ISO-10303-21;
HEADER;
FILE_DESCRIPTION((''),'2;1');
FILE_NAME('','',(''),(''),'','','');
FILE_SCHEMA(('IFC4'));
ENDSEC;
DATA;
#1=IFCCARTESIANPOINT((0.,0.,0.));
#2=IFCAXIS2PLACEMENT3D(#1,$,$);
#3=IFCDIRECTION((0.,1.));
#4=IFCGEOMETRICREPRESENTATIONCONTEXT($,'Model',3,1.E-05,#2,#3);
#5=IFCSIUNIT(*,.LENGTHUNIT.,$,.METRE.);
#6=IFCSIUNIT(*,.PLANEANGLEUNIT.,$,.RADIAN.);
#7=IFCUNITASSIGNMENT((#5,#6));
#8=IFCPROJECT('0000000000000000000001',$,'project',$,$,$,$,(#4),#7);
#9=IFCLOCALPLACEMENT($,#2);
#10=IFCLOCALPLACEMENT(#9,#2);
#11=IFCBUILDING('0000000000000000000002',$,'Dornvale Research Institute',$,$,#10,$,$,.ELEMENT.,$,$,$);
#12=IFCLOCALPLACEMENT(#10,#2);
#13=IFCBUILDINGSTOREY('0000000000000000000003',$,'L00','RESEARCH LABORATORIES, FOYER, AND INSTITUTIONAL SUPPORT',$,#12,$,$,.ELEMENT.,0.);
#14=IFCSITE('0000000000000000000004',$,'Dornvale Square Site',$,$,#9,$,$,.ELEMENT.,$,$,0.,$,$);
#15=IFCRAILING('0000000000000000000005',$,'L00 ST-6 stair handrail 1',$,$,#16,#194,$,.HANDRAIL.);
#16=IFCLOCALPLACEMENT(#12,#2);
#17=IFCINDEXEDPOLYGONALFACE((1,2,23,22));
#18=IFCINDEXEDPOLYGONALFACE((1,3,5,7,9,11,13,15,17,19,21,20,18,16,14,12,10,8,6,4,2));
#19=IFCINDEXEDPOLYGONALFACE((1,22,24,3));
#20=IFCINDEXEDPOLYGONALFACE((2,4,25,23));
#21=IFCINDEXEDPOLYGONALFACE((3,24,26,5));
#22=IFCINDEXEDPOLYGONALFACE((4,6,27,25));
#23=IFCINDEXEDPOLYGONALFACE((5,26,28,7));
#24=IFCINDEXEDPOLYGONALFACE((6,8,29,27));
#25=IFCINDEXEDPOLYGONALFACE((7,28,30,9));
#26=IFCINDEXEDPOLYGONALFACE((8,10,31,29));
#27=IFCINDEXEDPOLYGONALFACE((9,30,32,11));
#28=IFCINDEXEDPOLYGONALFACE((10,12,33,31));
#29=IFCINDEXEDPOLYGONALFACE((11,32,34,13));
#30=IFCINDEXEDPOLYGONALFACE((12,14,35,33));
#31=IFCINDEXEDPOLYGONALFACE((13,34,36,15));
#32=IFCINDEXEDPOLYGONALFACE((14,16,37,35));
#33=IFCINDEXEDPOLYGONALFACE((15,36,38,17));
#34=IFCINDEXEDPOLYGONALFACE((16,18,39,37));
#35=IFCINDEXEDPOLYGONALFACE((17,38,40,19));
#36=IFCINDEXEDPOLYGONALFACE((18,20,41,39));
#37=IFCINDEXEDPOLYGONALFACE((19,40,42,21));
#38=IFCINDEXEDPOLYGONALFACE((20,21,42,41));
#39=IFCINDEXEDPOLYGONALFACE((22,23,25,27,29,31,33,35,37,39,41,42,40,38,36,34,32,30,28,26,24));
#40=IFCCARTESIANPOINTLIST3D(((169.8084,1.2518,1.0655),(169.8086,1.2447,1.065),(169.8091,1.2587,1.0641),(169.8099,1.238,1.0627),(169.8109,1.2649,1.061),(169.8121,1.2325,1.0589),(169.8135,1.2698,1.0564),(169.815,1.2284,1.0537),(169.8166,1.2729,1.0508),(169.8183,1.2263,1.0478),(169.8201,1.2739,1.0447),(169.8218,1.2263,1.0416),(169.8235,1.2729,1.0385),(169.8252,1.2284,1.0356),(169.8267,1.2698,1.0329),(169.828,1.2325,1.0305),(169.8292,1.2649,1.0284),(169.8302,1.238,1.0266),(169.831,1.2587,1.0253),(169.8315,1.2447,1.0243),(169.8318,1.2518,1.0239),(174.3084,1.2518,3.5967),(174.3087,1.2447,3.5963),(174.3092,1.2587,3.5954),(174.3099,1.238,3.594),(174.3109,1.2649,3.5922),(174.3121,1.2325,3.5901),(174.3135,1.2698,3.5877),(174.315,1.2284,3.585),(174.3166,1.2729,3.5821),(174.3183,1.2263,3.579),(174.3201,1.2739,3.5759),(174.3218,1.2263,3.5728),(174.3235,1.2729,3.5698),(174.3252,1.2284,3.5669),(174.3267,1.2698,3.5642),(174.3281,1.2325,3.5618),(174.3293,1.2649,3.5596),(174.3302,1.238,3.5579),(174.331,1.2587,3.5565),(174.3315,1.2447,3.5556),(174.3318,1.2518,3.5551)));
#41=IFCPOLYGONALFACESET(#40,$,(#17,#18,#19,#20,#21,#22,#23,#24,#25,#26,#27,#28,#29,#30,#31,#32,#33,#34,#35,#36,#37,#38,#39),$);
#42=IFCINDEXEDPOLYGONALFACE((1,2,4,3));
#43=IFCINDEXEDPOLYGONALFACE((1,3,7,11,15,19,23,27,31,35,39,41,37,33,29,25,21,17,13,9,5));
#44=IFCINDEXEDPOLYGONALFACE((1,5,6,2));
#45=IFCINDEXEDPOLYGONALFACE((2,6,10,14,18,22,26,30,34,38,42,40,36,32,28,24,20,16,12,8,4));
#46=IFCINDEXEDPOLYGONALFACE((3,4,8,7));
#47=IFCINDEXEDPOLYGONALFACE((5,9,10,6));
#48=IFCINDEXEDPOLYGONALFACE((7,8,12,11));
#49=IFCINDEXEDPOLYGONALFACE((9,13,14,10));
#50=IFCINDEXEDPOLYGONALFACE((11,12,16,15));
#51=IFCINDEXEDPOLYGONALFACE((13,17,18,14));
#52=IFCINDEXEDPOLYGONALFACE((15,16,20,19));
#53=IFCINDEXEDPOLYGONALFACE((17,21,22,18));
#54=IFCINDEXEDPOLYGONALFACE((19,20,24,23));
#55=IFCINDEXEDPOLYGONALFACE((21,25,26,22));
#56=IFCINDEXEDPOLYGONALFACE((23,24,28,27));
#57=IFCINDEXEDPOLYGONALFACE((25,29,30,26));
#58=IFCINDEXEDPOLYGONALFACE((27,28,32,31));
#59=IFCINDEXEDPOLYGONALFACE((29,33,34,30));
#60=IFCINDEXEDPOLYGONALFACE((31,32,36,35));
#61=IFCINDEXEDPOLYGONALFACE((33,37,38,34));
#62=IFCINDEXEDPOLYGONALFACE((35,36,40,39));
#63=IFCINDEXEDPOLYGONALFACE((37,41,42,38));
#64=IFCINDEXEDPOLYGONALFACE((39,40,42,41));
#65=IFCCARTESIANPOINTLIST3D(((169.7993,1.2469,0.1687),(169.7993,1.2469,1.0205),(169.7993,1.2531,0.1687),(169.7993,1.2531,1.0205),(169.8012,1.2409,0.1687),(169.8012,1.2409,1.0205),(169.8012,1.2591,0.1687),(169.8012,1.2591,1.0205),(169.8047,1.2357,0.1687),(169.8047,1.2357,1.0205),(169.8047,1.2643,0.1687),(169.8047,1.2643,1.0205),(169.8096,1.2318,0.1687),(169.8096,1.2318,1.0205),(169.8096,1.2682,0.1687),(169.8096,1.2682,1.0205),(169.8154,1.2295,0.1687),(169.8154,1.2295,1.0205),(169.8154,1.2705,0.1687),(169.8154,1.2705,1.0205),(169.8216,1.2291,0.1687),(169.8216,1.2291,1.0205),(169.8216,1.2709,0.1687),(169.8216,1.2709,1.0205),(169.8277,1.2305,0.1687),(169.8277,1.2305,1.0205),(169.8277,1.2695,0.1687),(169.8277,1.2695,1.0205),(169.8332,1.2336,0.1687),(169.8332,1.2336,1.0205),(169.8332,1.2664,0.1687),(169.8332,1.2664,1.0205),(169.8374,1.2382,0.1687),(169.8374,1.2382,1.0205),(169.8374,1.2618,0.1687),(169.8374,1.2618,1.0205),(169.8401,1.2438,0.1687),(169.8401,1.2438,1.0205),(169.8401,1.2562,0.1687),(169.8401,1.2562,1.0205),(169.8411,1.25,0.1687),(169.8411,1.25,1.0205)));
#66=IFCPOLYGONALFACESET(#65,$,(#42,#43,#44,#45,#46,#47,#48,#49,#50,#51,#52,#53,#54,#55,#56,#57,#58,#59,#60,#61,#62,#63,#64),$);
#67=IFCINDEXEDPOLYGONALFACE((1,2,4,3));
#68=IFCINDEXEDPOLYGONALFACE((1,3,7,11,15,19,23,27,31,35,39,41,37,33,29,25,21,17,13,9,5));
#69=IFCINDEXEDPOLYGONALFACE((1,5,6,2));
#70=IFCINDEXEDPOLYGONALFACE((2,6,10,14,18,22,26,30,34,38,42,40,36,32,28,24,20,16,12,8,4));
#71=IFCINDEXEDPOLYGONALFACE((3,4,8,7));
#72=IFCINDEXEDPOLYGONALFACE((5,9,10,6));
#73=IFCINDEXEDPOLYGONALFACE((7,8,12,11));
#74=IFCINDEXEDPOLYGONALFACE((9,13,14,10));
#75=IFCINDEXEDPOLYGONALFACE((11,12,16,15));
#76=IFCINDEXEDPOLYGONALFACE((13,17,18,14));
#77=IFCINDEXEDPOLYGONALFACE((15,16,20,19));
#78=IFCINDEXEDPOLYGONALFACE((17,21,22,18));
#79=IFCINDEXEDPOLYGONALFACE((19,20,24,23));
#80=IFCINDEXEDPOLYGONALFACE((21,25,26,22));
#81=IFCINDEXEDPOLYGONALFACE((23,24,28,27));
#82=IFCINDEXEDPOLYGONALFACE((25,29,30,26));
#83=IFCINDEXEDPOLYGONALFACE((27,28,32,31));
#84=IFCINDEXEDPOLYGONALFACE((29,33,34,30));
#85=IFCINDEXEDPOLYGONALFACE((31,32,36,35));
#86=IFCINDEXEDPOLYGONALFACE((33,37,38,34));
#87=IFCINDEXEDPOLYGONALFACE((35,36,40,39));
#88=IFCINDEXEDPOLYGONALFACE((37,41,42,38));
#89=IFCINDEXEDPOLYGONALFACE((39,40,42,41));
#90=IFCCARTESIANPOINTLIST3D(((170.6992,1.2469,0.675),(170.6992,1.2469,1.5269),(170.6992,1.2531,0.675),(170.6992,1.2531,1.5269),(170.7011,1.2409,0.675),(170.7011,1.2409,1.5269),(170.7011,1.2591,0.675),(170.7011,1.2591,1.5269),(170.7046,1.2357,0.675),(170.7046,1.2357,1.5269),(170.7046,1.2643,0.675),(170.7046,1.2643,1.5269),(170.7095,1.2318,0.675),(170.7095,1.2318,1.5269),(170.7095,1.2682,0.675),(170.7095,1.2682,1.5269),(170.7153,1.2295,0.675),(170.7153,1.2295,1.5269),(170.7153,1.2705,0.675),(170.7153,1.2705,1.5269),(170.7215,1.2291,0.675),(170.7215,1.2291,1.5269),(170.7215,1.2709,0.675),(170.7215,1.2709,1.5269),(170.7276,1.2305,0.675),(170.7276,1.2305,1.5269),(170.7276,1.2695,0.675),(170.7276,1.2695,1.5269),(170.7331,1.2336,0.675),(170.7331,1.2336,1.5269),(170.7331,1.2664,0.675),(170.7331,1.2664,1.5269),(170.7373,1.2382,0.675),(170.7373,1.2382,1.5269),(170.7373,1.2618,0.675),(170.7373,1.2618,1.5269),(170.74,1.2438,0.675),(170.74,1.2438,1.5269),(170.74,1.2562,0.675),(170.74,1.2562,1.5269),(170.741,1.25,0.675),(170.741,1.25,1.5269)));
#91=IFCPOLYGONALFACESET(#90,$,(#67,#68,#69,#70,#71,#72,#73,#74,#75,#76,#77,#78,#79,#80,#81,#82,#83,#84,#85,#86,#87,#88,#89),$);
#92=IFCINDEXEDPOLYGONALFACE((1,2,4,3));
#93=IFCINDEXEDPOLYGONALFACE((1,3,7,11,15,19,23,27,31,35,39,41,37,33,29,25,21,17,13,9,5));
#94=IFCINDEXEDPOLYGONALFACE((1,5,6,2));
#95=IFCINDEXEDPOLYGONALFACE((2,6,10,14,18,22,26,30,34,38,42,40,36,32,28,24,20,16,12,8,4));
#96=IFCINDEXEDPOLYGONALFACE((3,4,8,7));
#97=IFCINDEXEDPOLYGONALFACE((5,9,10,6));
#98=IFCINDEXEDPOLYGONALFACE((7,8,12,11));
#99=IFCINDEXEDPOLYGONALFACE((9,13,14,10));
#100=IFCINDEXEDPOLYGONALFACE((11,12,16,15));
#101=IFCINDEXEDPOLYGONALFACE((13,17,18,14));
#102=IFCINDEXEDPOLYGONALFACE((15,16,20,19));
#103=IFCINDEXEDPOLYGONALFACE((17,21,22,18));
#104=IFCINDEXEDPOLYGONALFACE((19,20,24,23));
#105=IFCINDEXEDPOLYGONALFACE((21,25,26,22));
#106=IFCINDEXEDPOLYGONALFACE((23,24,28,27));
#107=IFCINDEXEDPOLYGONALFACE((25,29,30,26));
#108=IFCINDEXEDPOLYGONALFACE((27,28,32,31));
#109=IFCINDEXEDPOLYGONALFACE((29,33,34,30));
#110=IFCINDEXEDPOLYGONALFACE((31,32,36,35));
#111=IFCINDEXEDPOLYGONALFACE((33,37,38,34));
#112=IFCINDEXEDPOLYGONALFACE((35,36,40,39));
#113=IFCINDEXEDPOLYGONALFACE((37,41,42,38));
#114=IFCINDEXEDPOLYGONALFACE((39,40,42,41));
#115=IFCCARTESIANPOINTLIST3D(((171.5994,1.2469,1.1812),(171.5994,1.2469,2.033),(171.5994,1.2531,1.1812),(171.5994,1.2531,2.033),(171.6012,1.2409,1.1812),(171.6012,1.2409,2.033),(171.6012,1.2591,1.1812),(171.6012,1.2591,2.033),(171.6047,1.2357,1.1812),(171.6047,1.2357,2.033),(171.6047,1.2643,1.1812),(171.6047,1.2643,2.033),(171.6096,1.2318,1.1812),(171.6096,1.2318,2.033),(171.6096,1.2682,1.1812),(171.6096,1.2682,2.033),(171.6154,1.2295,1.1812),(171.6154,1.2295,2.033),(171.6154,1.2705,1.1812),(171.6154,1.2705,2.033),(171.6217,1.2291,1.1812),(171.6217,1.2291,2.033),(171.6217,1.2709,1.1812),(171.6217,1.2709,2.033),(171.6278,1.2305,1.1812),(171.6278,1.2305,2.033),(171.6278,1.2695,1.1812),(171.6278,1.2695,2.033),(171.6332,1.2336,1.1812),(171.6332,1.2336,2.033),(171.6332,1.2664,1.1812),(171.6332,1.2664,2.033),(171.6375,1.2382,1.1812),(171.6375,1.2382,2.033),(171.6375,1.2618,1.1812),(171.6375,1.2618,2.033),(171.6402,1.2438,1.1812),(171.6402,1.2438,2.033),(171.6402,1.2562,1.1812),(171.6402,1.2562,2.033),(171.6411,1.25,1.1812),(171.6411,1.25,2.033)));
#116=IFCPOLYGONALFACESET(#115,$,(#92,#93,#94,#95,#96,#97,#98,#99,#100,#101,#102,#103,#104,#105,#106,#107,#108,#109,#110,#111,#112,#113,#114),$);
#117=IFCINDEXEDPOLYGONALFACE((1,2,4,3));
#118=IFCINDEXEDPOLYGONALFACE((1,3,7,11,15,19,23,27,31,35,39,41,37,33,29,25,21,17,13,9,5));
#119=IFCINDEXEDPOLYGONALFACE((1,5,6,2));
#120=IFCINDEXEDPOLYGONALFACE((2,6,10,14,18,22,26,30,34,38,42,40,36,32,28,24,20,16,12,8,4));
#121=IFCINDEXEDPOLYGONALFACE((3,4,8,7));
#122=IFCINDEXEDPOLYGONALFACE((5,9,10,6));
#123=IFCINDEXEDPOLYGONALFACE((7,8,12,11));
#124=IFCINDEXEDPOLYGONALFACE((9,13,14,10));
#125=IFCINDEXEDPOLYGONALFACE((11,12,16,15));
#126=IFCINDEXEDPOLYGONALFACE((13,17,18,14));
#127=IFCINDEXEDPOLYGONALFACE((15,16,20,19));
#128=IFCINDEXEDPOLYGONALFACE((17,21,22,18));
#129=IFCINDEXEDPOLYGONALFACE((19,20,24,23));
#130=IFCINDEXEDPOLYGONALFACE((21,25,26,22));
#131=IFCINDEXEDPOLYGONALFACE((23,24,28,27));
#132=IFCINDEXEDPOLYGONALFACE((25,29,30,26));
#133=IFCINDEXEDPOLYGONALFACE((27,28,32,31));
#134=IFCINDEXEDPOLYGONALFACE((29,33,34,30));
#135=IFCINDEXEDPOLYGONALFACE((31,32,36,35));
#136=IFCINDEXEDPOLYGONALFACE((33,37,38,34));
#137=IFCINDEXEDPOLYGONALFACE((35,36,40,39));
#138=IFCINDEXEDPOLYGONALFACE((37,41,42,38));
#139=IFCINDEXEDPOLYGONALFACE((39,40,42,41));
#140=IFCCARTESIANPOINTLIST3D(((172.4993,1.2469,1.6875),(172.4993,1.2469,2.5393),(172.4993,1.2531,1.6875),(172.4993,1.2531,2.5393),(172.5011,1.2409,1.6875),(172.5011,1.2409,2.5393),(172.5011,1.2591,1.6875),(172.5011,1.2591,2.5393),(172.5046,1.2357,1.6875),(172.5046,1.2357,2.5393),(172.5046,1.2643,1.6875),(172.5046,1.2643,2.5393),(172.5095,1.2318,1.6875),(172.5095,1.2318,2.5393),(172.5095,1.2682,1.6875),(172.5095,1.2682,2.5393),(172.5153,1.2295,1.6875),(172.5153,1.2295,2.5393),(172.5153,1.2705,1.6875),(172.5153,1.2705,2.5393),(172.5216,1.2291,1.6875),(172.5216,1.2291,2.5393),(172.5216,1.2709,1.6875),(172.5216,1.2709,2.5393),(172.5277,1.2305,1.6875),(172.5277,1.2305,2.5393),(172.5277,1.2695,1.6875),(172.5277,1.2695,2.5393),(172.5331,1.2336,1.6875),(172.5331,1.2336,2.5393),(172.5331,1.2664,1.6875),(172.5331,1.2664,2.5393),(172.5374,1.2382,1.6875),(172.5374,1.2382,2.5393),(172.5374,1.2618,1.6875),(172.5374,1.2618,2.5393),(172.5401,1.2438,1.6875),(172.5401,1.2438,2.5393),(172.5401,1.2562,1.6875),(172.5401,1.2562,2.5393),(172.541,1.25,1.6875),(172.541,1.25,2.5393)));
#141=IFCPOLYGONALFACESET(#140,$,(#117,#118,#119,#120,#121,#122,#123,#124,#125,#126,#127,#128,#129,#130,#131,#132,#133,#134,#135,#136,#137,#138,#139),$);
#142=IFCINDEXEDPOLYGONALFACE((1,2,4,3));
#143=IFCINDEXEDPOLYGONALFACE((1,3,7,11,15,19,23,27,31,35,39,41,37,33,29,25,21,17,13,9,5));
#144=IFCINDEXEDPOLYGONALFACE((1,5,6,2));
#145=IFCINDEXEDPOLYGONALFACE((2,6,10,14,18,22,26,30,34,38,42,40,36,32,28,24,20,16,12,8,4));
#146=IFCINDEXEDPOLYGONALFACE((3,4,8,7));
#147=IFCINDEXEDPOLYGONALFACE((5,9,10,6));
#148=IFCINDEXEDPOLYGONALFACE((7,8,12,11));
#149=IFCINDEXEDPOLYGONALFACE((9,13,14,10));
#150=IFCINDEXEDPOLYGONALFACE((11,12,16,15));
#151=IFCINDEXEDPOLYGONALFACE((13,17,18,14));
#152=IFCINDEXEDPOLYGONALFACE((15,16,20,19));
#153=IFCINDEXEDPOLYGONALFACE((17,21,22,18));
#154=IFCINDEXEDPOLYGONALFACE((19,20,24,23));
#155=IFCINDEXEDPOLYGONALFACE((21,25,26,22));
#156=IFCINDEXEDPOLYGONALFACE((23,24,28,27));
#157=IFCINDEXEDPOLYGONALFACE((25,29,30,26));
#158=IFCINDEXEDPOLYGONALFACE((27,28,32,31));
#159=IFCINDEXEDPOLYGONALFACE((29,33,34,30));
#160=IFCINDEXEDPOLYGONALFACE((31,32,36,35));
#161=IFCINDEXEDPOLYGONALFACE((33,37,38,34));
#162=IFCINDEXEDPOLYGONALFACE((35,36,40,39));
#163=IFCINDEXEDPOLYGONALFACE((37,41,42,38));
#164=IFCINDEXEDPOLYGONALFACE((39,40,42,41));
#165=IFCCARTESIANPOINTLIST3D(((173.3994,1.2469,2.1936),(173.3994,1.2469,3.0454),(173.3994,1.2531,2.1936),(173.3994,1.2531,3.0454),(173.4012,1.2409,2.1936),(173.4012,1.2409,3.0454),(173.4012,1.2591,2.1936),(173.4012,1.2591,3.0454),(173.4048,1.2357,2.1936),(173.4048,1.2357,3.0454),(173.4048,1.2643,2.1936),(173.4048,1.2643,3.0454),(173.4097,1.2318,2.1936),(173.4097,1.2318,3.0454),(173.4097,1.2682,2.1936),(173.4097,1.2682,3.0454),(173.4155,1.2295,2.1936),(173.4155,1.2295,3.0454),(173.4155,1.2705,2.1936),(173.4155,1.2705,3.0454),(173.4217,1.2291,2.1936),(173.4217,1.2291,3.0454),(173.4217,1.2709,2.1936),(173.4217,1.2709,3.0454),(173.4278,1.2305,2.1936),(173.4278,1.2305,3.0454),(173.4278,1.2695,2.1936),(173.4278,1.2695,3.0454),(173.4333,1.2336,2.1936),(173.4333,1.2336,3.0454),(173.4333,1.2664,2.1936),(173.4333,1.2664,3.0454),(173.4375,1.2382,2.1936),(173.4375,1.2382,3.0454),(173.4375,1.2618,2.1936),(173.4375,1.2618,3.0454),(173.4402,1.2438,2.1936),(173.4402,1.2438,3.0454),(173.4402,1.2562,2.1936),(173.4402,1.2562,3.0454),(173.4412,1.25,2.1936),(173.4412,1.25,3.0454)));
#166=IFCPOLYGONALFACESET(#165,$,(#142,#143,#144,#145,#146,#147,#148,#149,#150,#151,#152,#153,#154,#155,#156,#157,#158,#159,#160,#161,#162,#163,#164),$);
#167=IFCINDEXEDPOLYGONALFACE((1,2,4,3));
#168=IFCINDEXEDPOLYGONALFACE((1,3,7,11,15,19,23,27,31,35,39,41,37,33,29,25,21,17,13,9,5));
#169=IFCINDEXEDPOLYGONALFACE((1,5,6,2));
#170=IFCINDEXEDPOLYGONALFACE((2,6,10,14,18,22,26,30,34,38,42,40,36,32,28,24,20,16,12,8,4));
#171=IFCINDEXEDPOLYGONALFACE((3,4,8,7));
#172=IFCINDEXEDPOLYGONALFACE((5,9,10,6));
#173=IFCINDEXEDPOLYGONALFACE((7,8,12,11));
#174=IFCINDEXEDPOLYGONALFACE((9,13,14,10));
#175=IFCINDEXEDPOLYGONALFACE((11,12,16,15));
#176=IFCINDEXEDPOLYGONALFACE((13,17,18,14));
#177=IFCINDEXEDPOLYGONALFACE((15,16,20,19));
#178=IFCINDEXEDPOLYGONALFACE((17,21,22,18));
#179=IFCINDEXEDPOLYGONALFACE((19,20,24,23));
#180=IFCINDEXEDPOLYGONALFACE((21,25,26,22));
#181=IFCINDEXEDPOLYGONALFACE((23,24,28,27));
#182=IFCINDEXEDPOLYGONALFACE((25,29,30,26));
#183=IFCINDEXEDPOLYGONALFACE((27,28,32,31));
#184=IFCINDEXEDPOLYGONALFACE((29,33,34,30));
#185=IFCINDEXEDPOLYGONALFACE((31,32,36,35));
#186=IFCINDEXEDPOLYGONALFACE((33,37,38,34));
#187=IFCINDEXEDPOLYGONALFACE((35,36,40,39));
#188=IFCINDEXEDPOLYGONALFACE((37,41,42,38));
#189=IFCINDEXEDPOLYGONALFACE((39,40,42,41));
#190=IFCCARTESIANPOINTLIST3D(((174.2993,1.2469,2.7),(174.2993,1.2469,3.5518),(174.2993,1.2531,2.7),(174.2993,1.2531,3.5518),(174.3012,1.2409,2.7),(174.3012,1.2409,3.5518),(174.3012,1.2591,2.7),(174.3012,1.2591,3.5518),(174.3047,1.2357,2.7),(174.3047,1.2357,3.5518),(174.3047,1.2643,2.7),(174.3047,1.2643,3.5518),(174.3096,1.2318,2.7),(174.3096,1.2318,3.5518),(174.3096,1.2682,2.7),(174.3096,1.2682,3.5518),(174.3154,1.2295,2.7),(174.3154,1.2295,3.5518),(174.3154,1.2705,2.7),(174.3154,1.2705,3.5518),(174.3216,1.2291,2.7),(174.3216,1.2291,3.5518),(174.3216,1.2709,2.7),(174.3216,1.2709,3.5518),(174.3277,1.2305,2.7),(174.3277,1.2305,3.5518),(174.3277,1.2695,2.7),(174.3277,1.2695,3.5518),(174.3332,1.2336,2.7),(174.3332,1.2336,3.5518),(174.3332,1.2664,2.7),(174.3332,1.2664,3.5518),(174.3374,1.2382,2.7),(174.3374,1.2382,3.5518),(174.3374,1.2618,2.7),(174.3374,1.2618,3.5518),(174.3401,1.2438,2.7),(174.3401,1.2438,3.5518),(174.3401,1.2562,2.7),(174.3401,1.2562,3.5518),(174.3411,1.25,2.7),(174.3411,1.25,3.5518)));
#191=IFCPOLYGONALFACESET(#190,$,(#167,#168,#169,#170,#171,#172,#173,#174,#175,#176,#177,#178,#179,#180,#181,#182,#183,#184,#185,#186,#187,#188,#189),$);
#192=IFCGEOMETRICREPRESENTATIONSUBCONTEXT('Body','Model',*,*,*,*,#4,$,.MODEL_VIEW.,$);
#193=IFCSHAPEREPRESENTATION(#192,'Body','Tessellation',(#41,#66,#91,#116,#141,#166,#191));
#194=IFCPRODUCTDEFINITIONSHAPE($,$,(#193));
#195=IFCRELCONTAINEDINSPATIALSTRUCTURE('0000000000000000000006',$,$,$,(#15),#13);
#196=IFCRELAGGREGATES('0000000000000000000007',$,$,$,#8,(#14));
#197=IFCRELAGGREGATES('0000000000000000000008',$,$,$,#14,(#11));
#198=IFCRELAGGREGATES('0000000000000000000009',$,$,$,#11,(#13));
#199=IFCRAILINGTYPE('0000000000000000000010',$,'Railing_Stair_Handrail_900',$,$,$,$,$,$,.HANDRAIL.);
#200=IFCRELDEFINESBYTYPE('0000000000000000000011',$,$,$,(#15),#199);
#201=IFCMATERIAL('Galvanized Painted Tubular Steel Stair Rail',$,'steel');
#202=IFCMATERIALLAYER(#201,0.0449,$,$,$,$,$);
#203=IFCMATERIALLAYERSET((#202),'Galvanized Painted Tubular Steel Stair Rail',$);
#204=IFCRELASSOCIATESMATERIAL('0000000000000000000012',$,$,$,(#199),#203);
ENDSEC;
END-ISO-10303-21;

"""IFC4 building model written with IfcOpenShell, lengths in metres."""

from ifc_helpers import new_model, si_unit, direction, frame, origin, origin_2d, place, context, subcontext, project, spatial, circle, extrude, material, layer, layer_set, type_object, element, save


model = new_model("IFC4")

# Units and contexts
model_context = context("Model", 3, precision=1e-05, world=origin(), true_north=direction((0.0, 1.0)))
body_context = subcontext(model_context, "Body", "Model", "MODEL_VIEW")
ifc_project = project(units=[si_unit("LENGTHUNIT", "METRE"), si_unit("PLANEANGLEUNIT", "RADIAN")], contexts=[model_context])

# Site, building, storey
site_placement = place(None, origin())
site = spatial("IfcSite", under=ifc_project, at=site_placement, Name="Dornvale Square Site", CompositionType="ELEMENT", RefElevation=0.0)
building_placement = place(site_placement, origin())
building = spatial("IfcBuilding", under=site, at=building_placement, Name="Dornvale Research Institute", CompositionType="ELEMENT")
storey_placement = place(building_placement, origin())
storey = spatial("IfcBuildingStorey", under=building, at=storey_placement, Name="L00", Description="RESEARCH LABORATORIES, FOYER, AND INSTITUTIONAL SUPPORT", CompositionType="ELEMENT", Elevation=0.0)

# Railing
ifc_material_1 = material(Name="Galvanized Painted Tubular Steel Stair Rail", Category="steel")
ifc_layer_1 = layer(ifc_material_1, 0.0449)
ifc_layer_set_1 = layer_set([ifc_layer_1], Name="Galvanized Painted Tubular Steel Stair Rail")
railing_type_1 = type_object("IfcRailingType", Name="Railing_Stair_Handrail_900", PredefinedType="HANDRAIL", material=ifc_layer_set_1)
railing_1_placement = place(storey_placement, frame((169.8201, 1.25, 0.1687)))
element("IfcRailing", 1, at=railing_1_placement, inside=storey, type_object=railing_type_1, Name="L00 ST-6 stair handrail 1", PredefinedType="HANDRAIL", context=body_context, shape_type="SweptSolid", body=[
    extrude(circle(Radius=0.0239, at=origin_2d()), frame((0.0, 0.0, 0.876), z_axis=(0.871576, 0.0, 0.490261), x_axis=(0.0, 1.0, 0.0)), (0.0, 0.0, 1.0), 5.1631),
    extrude(circle(Radius=0.021, at=origin_2d()), origin(), (0.0, 0.0, 1.0), 0.8518),
    extrude(circle(Radius=0.021, at=origin_2d()), frame((0.8999, 0.0, 0.5063)), (0.0, 0.0, 1.0), 0.8518),
    extrude(circle(Radius=0.021, at=origin_2d()), frame((1.8, 0.0, 1.0125)), (0.0, 0.0, 1.0), 0.8518),
    extrude(circle(Radius=0.021, at=origin_2d()), frame((2.7, 0.0, 1.5188)), (0.0, 0.0, 1.0), 0.8518),
    extrude(circle(Radius=0.021, at=origin_2d()), frame((3.6001, 0.0, 2.0249)), (0.0, 0.0, 1.0), 0.8518),
    extrude(circle(Radius=0.021, at=origin_2d()), frame((4.5, 0.0, 2.5312)), (0.0, 0.0, 1.0), 0.8518),
])

save(model, "model.ifc")
